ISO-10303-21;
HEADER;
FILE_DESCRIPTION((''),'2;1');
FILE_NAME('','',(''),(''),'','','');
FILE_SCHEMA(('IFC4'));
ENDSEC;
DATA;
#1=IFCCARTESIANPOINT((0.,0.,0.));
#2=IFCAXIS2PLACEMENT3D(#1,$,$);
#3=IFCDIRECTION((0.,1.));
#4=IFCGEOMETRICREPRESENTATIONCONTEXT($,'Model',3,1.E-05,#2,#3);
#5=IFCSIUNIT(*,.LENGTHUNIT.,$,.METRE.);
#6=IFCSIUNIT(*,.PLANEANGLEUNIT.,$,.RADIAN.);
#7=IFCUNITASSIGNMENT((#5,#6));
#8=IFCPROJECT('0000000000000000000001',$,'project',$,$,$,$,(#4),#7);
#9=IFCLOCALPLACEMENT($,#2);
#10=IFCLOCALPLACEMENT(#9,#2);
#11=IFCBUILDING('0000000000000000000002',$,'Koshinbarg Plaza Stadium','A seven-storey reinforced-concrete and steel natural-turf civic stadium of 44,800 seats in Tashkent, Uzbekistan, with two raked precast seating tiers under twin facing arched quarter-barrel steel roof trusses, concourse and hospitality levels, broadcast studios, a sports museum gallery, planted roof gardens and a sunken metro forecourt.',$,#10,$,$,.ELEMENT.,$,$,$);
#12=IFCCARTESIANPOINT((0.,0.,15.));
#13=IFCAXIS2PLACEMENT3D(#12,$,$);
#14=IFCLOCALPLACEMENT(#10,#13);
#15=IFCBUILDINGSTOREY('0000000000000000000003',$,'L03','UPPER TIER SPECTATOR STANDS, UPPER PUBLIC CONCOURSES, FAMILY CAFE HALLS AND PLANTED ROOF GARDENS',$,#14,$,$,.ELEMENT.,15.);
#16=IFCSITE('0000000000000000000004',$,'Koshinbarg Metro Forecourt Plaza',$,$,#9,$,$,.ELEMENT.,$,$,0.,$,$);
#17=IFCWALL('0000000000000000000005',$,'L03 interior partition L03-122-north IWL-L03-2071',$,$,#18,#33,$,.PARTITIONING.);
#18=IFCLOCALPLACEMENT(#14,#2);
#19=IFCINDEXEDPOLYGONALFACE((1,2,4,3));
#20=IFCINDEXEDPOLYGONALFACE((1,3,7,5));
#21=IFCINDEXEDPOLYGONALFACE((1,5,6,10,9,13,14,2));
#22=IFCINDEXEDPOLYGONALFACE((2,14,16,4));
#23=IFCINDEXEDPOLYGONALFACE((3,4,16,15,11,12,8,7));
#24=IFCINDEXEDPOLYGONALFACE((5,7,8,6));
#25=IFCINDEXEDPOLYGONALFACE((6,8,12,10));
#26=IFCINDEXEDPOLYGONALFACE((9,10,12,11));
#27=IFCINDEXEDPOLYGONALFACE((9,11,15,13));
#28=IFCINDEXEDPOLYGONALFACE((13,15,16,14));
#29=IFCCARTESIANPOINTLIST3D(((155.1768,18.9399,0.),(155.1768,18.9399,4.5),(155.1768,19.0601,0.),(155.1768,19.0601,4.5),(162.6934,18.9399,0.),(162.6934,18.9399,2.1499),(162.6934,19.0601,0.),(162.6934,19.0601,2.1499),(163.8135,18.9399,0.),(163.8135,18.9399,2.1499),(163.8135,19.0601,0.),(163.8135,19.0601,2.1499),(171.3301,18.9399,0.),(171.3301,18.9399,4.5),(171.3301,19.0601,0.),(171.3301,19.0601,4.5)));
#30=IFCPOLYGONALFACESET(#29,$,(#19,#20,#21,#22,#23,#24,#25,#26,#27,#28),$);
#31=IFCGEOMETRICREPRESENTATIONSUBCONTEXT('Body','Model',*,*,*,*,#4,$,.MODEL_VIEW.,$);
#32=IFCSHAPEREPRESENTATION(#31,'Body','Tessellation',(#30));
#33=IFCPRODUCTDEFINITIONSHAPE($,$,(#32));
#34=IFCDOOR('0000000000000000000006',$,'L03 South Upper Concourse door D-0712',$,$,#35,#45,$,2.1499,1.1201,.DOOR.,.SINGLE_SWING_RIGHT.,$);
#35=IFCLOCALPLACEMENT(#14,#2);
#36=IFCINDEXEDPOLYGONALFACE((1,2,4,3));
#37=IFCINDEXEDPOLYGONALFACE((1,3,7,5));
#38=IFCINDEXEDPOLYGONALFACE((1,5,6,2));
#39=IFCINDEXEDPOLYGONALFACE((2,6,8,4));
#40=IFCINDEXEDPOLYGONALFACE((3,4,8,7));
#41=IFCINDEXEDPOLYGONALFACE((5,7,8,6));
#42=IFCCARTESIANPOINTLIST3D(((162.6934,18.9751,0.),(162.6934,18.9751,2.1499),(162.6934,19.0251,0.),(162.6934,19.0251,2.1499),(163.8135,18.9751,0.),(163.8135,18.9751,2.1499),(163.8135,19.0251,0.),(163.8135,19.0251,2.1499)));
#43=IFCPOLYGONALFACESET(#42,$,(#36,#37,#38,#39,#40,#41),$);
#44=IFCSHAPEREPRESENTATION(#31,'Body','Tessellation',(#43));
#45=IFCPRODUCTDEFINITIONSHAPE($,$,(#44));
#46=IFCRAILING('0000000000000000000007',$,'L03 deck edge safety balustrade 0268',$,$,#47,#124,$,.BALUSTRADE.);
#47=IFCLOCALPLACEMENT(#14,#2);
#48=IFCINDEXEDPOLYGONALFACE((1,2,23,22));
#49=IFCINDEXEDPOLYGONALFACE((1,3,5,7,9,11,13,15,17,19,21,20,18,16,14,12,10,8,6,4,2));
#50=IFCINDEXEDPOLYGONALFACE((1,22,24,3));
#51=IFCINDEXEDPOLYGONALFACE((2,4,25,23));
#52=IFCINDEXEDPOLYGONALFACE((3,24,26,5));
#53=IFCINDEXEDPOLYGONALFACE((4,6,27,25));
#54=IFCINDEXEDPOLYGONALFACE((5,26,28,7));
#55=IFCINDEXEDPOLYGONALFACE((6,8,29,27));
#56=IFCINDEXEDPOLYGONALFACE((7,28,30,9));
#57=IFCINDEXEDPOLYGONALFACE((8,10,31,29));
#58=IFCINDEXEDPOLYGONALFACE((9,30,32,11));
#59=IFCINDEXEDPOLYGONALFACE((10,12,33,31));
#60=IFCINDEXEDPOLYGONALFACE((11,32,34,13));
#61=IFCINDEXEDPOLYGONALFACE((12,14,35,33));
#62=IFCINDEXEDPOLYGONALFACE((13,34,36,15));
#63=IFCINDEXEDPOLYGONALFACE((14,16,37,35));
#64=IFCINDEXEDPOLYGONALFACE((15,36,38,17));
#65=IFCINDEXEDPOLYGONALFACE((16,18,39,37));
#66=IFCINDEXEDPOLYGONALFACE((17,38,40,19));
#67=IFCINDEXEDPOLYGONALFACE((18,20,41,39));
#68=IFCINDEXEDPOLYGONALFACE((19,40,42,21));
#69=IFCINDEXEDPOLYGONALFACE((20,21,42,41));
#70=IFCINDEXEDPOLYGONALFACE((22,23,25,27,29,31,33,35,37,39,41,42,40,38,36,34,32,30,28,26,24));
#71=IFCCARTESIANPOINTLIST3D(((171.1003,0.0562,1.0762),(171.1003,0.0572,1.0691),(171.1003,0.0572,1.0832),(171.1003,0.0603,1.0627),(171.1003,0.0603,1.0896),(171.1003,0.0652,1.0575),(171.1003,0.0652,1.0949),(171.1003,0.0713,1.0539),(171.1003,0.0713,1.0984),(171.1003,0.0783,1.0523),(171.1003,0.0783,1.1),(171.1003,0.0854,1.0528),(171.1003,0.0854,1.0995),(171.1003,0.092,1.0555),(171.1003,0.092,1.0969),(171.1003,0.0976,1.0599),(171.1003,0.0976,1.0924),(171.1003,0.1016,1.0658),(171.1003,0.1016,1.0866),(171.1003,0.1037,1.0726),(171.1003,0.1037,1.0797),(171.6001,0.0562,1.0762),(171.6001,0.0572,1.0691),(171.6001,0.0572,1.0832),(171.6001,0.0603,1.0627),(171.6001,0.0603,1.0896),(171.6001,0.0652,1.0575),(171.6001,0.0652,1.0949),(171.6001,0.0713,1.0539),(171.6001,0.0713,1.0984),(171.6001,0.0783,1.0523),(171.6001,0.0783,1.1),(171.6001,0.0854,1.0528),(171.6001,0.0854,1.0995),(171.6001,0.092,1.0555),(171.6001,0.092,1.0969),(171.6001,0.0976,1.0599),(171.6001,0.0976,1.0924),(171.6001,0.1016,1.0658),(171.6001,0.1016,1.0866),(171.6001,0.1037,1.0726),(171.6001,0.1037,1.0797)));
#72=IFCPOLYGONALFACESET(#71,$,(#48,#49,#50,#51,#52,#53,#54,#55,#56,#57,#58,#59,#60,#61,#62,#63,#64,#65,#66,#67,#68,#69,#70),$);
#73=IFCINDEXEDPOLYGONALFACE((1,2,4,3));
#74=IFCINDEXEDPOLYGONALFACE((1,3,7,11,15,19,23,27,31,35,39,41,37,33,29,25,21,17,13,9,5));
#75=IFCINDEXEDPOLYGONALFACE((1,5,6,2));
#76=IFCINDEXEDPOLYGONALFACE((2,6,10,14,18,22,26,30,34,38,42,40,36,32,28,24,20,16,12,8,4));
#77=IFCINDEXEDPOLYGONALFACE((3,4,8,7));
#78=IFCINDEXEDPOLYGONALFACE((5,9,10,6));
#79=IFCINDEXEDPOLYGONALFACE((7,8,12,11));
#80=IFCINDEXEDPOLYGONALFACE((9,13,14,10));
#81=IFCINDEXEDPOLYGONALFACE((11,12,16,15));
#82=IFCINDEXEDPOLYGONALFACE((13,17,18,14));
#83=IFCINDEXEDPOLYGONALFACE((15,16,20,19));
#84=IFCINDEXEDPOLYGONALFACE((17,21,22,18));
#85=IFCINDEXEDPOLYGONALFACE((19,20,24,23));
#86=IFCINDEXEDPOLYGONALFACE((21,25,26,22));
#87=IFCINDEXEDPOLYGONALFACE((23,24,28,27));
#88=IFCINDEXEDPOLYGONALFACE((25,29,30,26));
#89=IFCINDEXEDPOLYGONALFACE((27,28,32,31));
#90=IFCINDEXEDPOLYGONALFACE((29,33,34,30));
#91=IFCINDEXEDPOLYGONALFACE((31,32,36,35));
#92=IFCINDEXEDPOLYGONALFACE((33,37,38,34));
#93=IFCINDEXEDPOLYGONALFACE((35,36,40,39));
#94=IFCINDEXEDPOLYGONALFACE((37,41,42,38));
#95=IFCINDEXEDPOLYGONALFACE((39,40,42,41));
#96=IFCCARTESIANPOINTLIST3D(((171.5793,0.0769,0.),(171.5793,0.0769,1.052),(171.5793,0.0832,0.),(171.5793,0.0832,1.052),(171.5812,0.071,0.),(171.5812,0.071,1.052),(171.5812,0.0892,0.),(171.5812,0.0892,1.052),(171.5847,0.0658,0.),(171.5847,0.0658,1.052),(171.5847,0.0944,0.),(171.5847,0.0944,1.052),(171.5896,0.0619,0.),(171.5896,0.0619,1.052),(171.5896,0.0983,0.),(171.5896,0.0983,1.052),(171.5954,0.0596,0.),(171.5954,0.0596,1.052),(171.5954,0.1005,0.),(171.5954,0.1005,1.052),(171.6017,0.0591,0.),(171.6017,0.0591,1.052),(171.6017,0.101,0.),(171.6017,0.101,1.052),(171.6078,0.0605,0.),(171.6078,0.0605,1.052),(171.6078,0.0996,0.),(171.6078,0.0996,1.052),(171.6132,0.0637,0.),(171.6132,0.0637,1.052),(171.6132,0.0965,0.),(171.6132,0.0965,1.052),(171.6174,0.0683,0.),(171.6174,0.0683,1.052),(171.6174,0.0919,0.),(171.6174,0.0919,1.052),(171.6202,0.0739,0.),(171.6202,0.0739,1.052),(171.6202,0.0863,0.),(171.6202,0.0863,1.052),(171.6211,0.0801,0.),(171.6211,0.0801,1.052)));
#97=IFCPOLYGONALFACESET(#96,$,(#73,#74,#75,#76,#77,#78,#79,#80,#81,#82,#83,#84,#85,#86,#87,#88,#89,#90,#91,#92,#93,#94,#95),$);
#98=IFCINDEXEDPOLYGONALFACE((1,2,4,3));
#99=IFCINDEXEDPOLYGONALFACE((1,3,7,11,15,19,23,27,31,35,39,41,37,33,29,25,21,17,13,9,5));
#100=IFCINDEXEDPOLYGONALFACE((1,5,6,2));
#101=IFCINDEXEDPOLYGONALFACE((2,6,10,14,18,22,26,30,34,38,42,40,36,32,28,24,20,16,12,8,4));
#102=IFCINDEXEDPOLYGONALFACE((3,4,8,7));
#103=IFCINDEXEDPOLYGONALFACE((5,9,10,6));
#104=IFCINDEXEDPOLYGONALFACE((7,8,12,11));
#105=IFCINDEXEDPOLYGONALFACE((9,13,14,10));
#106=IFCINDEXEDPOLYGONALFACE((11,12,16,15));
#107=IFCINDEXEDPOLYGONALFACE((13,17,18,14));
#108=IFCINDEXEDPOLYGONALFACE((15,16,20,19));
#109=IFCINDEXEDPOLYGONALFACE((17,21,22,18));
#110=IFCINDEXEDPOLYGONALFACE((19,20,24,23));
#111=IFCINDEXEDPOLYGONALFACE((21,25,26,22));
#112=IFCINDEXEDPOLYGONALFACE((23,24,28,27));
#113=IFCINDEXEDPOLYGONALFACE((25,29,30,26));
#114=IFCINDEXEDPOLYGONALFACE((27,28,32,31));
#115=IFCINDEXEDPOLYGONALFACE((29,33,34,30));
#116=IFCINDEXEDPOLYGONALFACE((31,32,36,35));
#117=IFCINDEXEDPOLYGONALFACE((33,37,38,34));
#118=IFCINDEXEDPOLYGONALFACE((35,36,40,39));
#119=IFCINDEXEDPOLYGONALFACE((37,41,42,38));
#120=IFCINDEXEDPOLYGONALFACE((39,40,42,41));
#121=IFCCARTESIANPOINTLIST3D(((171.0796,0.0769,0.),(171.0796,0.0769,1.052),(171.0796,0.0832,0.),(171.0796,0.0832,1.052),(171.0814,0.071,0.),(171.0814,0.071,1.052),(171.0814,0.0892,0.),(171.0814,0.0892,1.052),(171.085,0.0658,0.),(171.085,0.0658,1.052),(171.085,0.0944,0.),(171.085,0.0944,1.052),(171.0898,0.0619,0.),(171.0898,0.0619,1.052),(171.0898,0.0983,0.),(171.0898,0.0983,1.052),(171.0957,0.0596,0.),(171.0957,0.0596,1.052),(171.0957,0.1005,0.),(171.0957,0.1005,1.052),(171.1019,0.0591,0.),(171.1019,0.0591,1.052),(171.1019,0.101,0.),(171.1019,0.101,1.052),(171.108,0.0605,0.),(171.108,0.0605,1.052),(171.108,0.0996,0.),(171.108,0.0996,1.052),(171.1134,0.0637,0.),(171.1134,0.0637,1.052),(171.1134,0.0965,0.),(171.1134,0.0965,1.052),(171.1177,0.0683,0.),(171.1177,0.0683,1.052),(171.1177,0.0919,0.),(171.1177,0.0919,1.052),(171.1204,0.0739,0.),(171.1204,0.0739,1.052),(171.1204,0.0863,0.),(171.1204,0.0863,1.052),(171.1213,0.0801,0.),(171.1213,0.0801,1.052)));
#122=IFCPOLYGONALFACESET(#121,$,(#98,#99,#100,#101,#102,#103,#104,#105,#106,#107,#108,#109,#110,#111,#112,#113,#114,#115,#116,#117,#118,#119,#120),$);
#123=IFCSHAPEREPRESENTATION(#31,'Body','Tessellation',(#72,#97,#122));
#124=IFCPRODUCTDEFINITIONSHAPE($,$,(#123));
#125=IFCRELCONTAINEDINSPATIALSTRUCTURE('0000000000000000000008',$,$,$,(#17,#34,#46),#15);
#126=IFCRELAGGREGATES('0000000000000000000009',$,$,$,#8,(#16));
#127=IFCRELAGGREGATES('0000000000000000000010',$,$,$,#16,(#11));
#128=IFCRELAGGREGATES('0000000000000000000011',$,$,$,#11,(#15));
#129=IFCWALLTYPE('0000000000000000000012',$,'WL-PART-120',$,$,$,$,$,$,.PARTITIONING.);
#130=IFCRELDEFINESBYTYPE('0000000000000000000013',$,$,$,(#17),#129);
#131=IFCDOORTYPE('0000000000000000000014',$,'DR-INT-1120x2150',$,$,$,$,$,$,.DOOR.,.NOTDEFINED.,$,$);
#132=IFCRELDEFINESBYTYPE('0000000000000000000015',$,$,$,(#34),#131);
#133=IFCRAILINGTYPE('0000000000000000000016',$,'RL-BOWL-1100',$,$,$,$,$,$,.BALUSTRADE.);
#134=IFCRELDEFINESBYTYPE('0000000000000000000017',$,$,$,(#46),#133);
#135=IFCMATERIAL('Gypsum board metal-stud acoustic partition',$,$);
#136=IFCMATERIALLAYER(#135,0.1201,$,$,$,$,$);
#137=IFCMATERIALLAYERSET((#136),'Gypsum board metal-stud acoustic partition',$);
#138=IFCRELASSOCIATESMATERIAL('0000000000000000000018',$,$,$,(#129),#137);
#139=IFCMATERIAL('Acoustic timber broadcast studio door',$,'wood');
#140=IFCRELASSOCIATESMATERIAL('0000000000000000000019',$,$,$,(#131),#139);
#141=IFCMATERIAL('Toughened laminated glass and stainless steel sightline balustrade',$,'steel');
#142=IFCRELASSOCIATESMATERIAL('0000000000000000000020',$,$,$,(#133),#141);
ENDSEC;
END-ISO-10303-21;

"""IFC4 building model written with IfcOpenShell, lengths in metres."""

from ifc_helpers import new_model, si_unit, direction, frame, frame_2d, origin, origin_2d, place, context, subcontext, project, spatial, rectangle, circle, extrude, material, layer, layer_set, type_object, element, fill, save


model = new_model("IFC4")

# Units and contexts
model_context = context("Model", 3, precision=1e-05, world=origin(), true_north=direction((0.0, 1.0)))
body_context = subcontext(model_context, "Body", "Model", "MODEL_VIEW")
ifc_project = project(units=[si_unit("LENGTHUNIT", "METRE"), si_unit("PLANEANGLEUNIT", "RADIAN")], contexts=[model_context])

# Site, building, storey
site_placement = place(None, origin())
site = spatial("IfcSite", under=ifc_project, at=site_placement, Name="Koshinbarg Metro Forecourt Plaza", CompositionType="ELEMENT", RefElevation=0.0)
building_placement = place(site_placement, origin())
building = spatial("IfcBuilding", under=site, at=building_placement, Name="Koshinbarg Plaza Stadium", Description="A seven-storey reinforced-concrete and steel natural-turf civic stadium of 44,800 seats in Tashkent, Uzbekistan, with two raked precast seating tiers under twin facing arched quarter-barrel steel roof trusses, concourse and hospitality levels, broadcast studios, a sports museum gallery, planted roof gardens and a sunken metro forecourt.", CompositionType="ELEMENT")
storey_placement = place(building_placement, frame((0.0, 0.0, 15.0)))
storey = spatial("IfcBuildingStorey", under=building, at=storey_placement, Name="L03", Description="UPPER TIER SPECTATOR STANDS, UPPER PUBLIC CONCOURSES, FAMILY CAFE HALLS AND PLANTED ROOF GARDENS", CompositionType="ELEMENT", Elevation=15.0)

# Shared definitions
ifc_material_1 = material(Name="Gypsum board metal-stud acoustic partition")
ifc_layer_1 = layer(ifc_material_1, 0.1201)
ifc_layer_set_1 = layer_set([ifc_layer_1], Name="Gypsum board metal-stud acoustic partition")
wall_type_1 = type_object("IfcWallType", Name="WL-PART-120", PredefinedType="PARTITIONING", material=ifc_layer_set_1)

# Wall, opening, door
wall_1_placement = place(storey_placement, frame((171.3301, 19.0, 0.0), z_axis=(0.0, 0.0, 1.0), x_axis=(-1.0, 0.0, 0.0)))
wall_1 = element("IfcWall", 1, at=wall_1_placement, inside=storey, type_object=wall_type_1, Name="L03 interior partition L03-122-north IWL-L03-2071", PredefinedType="PARTITIONING", context=body_context, shape_type="SweptSolid", body=[
    extrude(rectangle(XDim=16.1533, YDim=0.1201, at=frame_2d((8.0767, 0.0))), origin(), (0.0, 0.0, 1.0), 4.5),
])
opening_1_placement = place(wall_1_placement, frame((7.5166, 0.0, 0.0)))
opening_1 = element("IfcOpeningElement", 2, at=opening_1_placement, cuts=wall_1, PredefinedType="OPENING", context=body_context, shape_type="SweptSolid", body=[
    extrude(rectangle(XDim=1.1201, YDim=2.1499, at=frame_2d((0.5601, 1.075))), frame((0.0, 0.0701, 0.0), z_axis=(0.0, -1.0, 0.0), x_axis=(1.0, 0.0, 0.0)), (0.0, 0.0, 1.0), 0.1401),
])
ifc_material_2 = material(Name="Acoustic timber broadcast studio door", Category="wood")
door_type = type_object("IfcDoorType", Name="DR-INT-1120x2150", OperationType="NOTDEFINED", PredefinedType="DOOR", material=ifc_material_2)
door_placement = place(opening_1_placement, origin())
door = element("IfcDoor", 3, at=door_placement, inside=storey, type_object=door_type, Name="L03 South Upper Concourse door D-0712", OperationType="SINGLE_SWING_RIGHT", OverallHeight=2.1499, OverallWidth=1.1201, PredefinedType="DOOR", context=body_context, shape_type="SweptSolid", body=[
    extrude(rectangle(XDim=1.1201, YDim=2.1499, at=frame_2d((0.5601, 1.075))), frame((0.0, 0.0249, 0.0), z_axis=(0.0, -1.0, 0.0), x_axis=(1.0, 0.0, 0.0)), (0.0, 0.0, 1.0), 0.05),
])
fill(opening_1, door)

# Railing
ifc_material_3 = material(Name="Toughened laminated glass and stainless steel sightline balustrade", Category="steel")
railing_type = type_object("IfcRailingType", Name="RL-BOWL-1100", PredefinedType="BALUSTRADE", material=ifc_material_3)
railing_1_placement = place(storey_placement, frame((171.6001, 0.0801, 0.0)))
element("IfcRailing", 4, at=railing_1_placement, inside=storey, type_object=railing_type, Name="L03 deck edge safety balustrade 0268", PredefinedType="BALUSTRADE", context=body_context, shape_type="SweptSolid", body=[
    extrude(circle(Radius=0.0239, at=origin_2d()), frame((0.0, 0.0, 1.0762), z_axis=(-1.0, 0.0, 0.0), x_axis=(0.0, -1.0, 0.0)), (0.0, 0.0, 1.0), 0.4998),
    extrude(circle(Radius=0.021, at=origin_2d()), origin(), (0.0, 0.0, 1.0), 1.052),
    extrude(circle(Radius=0.021, at=origin_2d()), frame((-0.4998, 0.0, 0.0)), (0.0, 0.0, 1.0), 1.052),
])

save(model, "model.ifc")
